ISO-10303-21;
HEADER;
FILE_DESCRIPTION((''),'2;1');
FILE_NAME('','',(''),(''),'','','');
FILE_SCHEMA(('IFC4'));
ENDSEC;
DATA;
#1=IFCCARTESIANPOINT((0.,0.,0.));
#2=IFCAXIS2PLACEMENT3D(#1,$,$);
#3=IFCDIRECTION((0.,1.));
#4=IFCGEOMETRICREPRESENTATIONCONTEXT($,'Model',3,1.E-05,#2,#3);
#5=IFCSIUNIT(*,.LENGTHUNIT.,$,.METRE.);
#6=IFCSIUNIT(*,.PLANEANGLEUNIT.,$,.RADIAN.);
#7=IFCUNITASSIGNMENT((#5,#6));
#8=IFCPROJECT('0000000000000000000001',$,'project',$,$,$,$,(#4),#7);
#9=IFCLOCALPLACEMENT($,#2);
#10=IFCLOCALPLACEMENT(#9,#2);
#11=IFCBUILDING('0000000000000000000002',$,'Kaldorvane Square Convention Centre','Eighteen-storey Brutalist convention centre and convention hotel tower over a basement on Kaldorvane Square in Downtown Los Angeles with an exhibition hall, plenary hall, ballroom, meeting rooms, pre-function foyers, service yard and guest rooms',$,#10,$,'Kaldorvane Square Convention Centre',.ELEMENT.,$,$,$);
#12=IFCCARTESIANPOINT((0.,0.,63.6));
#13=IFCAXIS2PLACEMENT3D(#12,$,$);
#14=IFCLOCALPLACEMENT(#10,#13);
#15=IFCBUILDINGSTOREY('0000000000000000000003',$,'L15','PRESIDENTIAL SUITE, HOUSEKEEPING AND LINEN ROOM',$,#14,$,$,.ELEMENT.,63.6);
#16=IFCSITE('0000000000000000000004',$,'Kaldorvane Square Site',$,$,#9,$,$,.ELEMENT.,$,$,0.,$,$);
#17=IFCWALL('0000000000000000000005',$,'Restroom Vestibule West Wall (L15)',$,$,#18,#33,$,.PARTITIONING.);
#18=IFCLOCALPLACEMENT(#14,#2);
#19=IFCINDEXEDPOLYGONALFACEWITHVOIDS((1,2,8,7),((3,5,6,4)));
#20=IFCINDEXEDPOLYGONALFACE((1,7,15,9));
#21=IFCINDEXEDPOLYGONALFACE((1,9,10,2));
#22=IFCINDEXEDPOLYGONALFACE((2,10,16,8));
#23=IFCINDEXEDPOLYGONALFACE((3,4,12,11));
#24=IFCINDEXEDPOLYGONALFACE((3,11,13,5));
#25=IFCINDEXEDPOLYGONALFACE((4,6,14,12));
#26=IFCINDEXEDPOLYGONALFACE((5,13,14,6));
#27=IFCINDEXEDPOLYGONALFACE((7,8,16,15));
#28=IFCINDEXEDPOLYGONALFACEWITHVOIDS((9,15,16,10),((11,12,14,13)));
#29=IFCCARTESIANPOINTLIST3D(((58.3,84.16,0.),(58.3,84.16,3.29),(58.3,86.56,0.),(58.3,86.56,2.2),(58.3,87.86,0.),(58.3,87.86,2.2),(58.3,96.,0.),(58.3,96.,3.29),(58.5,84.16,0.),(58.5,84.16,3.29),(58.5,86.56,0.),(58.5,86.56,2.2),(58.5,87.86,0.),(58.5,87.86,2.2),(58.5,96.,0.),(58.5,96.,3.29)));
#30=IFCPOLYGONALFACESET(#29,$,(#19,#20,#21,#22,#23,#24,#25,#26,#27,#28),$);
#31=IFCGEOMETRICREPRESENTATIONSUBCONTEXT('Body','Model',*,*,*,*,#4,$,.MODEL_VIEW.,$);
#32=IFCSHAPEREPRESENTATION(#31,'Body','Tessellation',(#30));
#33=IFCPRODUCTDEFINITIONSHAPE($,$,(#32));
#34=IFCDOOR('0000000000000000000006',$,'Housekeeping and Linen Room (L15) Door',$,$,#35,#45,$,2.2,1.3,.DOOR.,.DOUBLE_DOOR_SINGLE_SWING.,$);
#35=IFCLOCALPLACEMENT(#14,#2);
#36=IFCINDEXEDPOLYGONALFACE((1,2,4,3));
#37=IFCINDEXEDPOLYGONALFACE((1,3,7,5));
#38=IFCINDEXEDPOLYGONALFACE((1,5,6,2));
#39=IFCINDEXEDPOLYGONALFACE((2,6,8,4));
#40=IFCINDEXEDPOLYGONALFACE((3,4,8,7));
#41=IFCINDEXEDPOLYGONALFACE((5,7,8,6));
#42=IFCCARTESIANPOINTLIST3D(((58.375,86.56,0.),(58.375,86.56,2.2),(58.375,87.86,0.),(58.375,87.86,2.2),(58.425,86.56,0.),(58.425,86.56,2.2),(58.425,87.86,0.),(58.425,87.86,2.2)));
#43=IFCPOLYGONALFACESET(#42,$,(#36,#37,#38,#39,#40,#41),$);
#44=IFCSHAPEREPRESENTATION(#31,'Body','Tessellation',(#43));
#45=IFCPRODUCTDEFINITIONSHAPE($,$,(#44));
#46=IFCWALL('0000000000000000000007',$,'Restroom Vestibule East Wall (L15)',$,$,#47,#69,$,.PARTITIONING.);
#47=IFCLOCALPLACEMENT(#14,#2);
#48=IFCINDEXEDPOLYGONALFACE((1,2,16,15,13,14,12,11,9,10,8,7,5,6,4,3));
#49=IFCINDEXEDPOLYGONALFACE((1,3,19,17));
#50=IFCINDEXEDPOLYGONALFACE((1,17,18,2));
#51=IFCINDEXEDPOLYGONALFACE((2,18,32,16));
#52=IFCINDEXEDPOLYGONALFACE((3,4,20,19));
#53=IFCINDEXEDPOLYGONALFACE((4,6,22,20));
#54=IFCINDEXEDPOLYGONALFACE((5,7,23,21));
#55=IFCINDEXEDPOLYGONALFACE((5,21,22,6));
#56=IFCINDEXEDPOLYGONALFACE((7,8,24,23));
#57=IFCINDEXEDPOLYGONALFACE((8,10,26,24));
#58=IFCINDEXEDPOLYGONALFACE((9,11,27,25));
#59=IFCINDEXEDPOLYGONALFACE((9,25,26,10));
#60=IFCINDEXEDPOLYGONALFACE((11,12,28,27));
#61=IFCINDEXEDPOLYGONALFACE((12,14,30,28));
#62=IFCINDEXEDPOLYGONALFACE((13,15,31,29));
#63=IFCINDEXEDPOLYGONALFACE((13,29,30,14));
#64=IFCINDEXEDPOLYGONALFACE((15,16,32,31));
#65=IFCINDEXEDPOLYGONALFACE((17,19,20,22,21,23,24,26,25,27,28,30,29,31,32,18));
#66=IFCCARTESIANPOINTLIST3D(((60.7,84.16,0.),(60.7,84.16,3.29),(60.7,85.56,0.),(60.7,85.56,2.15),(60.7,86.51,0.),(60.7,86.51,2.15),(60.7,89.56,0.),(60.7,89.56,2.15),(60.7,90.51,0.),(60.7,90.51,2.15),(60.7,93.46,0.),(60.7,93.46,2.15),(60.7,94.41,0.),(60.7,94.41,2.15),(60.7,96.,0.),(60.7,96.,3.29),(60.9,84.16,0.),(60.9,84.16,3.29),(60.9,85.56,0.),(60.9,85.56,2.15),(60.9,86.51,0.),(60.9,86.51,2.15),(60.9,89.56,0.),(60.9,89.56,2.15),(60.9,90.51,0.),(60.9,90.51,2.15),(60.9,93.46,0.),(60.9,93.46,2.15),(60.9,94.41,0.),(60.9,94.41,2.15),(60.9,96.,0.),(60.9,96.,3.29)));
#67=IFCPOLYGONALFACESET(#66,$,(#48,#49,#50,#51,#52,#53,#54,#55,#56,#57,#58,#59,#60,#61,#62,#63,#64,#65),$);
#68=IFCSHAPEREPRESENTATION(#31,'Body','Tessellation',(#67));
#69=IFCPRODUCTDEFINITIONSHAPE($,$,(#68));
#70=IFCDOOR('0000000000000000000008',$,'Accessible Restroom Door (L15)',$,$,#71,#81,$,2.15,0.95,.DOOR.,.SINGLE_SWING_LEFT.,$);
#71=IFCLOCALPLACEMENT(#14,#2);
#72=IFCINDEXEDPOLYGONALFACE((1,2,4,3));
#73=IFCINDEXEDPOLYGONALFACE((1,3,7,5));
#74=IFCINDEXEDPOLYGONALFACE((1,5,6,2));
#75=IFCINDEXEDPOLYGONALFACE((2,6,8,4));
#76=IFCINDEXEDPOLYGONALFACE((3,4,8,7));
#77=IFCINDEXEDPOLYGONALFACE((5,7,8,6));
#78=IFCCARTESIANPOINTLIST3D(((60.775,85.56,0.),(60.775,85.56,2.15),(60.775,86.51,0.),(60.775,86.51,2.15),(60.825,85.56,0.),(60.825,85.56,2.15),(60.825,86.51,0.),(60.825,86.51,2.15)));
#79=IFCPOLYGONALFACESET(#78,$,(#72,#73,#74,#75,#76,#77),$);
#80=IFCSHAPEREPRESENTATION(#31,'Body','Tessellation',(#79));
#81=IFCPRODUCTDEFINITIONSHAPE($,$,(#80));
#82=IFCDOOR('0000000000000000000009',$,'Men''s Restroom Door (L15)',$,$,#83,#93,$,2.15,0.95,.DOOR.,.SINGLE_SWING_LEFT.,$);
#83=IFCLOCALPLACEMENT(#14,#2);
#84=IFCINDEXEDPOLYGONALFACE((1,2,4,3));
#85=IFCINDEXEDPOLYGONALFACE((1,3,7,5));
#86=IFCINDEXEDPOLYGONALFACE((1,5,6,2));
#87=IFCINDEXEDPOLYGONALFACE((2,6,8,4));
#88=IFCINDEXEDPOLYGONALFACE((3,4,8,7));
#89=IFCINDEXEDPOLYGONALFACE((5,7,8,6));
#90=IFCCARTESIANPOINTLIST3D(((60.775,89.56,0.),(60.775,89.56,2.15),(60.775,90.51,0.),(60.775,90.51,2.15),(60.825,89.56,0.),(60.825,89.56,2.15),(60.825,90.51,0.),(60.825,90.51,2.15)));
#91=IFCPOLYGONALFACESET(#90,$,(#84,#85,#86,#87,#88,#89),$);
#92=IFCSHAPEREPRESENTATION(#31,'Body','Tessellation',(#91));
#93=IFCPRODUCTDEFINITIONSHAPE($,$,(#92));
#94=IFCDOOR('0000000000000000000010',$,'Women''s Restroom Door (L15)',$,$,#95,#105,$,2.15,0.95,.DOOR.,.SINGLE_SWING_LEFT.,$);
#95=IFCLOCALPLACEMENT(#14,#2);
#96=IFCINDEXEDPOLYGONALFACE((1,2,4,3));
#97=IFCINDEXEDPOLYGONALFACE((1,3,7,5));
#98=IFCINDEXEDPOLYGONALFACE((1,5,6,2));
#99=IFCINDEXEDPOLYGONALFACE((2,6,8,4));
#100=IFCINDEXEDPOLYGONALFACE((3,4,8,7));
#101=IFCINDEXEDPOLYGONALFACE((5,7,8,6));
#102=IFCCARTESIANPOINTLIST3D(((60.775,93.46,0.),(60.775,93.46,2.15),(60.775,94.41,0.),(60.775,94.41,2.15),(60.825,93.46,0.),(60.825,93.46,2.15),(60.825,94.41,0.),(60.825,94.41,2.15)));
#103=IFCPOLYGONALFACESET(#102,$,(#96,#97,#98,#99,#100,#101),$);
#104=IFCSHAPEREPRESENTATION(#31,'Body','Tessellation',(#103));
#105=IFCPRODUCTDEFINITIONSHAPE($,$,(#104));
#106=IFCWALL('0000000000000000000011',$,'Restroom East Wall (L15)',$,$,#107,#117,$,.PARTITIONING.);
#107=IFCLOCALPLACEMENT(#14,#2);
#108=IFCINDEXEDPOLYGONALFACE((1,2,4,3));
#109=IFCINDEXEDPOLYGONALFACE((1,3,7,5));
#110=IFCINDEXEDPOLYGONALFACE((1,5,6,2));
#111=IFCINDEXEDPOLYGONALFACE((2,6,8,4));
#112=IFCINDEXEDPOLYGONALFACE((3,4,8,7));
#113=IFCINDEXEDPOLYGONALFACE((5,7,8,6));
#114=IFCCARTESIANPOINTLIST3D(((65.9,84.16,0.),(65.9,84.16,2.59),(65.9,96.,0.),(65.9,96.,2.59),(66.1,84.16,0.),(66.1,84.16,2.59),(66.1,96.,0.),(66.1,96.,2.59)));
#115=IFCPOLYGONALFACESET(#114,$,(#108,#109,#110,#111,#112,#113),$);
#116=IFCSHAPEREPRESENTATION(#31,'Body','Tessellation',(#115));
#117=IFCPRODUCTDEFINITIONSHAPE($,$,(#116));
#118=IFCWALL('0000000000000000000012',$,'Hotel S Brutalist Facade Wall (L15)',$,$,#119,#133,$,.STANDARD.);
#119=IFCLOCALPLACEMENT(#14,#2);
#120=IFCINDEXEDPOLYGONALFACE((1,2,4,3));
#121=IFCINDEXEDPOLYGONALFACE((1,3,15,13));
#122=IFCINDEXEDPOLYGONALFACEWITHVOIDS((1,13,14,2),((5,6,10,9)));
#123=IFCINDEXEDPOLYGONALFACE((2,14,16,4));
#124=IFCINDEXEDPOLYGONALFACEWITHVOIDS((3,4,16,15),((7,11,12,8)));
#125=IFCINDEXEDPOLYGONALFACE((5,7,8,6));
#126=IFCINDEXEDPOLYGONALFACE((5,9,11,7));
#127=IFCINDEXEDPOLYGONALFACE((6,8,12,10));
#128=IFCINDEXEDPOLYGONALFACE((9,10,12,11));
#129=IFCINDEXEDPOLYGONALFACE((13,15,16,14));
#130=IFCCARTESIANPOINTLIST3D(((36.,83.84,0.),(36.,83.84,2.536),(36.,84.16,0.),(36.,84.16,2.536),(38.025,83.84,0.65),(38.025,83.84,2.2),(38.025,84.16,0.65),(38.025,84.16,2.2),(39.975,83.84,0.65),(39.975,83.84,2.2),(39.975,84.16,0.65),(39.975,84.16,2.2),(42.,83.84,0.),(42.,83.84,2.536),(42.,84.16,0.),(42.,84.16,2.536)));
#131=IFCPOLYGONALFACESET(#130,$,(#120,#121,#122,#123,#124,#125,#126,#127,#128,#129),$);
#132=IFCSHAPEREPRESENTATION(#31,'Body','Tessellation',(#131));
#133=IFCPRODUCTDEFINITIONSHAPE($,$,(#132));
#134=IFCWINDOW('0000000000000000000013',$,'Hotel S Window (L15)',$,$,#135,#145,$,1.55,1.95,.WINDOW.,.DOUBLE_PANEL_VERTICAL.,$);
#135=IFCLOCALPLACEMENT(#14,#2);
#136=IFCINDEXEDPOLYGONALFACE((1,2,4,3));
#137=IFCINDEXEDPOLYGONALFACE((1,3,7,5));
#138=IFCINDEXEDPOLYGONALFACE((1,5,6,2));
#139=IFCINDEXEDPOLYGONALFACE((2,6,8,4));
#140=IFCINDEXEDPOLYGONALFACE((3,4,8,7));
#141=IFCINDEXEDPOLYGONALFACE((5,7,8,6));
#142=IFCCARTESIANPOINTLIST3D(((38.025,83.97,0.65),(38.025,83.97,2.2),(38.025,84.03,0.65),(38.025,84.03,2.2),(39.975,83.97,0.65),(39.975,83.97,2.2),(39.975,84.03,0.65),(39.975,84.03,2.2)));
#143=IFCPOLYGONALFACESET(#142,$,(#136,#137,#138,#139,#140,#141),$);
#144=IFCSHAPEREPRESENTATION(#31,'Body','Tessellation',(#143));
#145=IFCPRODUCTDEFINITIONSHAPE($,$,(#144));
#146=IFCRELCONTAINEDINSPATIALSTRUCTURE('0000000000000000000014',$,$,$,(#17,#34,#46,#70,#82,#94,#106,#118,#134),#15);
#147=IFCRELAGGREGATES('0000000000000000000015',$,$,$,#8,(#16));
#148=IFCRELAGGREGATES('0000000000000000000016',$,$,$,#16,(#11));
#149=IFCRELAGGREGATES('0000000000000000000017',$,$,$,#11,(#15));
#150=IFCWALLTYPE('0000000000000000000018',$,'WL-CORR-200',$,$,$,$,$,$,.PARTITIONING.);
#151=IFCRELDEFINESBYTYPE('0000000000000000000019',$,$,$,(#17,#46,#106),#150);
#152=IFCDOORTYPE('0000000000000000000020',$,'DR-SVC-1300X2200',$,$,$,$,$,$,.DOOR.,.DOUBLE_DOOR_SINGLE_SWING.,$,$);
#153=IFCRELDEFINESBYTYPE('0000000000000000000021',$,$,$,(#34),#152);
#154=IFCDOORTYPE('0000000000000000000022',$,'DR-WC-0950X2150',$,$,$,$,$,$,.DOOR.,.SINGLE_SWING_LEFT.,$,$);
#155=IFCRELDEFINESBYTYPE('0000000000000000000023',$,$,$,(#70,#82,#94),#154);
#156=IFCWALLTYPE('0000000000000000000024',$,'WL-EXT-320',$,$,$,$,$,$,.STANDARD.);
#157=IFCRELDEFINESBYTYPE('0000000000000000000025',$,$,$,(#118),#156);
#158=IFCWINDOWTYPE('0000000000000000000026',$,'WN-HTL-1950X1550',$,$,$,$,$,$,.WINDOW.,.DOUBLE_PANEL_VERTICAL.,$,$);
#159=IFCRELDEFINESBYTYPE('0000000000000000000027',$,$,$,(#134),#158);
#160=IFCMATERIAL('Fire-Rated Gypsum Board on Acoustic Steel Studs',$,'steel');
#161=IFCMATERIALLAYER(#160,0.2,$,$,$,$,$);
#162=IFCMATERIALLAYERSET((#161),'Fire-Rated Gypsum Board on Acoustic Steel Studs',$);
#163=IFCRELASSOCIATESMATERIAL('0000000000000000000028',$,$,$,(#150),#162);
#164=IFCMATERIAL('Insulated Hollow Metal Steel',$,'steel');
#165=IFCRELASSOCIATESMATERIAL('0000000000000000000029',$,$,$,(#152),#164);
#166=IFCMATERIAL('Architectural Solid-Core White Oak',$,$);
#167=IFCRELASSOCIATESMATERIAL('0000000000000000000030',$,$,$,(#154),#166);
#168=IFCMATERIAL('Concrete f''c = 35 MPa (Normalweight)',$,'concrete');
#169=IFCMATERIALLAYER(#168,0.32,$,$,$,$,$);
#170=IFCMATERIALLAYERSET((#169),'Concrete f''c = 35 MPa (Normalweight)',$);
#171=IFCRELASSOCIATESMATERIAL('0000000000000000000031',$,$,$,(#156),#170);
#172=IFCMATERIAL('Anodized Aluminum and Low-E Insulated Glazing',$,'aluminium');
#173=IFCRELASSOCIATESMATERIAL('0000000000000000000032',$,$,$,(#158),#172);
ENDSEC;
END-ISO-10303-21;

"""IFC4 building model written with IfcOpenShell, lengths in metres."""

from ifc_helpers import new_model, si_unit, direction, frame, frame_2d, origin, place, context, subcontext, project, spatial, rectangle, extrude, material, layer, layer_set, type_object, element, fill, save


model = new_model("IFC4")

# Units and contexts
model_context = context("Model", 3, precision=1e-05, world=origin(), true_north=direction((0.0, 1.0)))
body_context = subcontext(model_context, "Body", "Model", "MODEL_VIEW")
ifc_project = project(units=[si_unit("LENGTHUNIT", "METRE"), si_unit("PLANEANGLEUNIT", "RADIAN")], contexts=[model_context])

# Site, building, storey
site_placement = place(None, origin())
site = spatial("IfcSite", under=ifc_project, at=site_placement, Name="Kaldorvane Square Site", CompositionType="ELEMENT", RefElevation=0.0)
building_placement = place(site_placement, origin())
building = spatial("IfcBuilding", under=site, at=building_placement, Name="Kaldorvane Square Convention Centre", Description="Eighteen-storey Brutalist convention centre and convention hotel tower over a basement on Kaldorvane Square in Downtown Los Angeles with an exhibition hall, plenary hall, ballroom, meeting rooms, pre-function foyers, service yard and guest rooms", LongName="Kaldorvane Square Convention Centre", CompositionType="ELEMENT")
storey_placement = place(building_placement, frame((0.0, 0.0, 63.6)))
storey = spatial("IfcBuildingStorey", under=building, at=storey_placement, Name="L15", Description="PRESIDENTIAL SUITE, HOUSEKEEPING AND LINEN ROOM", CompositionType="ELEMENT", Elevation=63.6)

# Wall, opening, door
ifc_material_1 = material(Name="Fire-Rated Gypsum Board on Acoustic Steel Studs", Category="steel")
ifc_layer_1 = layer(ifc_material_1, 0.2)
ifc_layer_set_1 = layer_set([ifc_layer_1], Name="Fire-Rated Gypsum Board on Acoustic Steel Studs")
wall_type_1 = type_object("IfcWallType", Name="WL-CORR-200", PredefinedType="PARTITIONING", material=ifc_layer_set_1)
wall_1_placement = place(storey_placement, frame((58.4, 84.16, 0.0), z_axis=(0.0, 0.0, 1.0), x_axis=(0.0, 1.0, 0.0)))
wall_1 = element("IfcWall", 1, at=wall_1_placement, inside=storey, type_object=wall_type_1, Name="Restroom Vestibule West Wall (L15)", PredefinedType="PARTITIONING", context=body_context, shape_type="SweptSolid", body=[
    extrude(rectangle(XDim=11.84, YDim=0.2, at=frame_2d((5.92, 0.0))), origin(), (0.0, 0.0, 1.0), 3.29),
])
opening_1_placement = place(wall_1_placement, frame((2.4, 0.0, 0.0)))
opening_1 = element("IfcOpeningElement", 2, at=opening_1_placement, cuts=wall_1, PredefinedType="OPENING", context=body_context, shape_type="SweptSolid", body=[
    extrude(rectangle(XDim=1.3, YDim=2.2, at=frame_2d((0.65, 1.1))), frame((0.0, 0.115, 0.0), z_axis=(0.0, -1.0, 0.0), x_axis=(1.0, 0.0, 0.0)), (0.0, 0.0, 1.0), 0.23),
])
ifc_material_2 = material(Name="Insulated Hollow Metal Steel", Category="steel")
door_type_1 = type_object("IfcDoorType", Name="DR-SVC-1300X2200", OperationType="DOUBLE_DOOR_SINGLE_SWING", PredefinedType="DOOR", material=ifc_material_2)
door_1_placement = place(opening_1_placement, origin())
door_1 = element("IfcDoor", 3, at=door_1_placement, inside=storey, type_object=door_type_1, Name="Housekeeping and Linen Room (L15) Door", OperationType="DOUBLE_DOOR_SINGLE_SWING", OverallHeight=2.2, OverallWidth=1.3, PredefinedType="DOOR", context=body_context, shape_type="SweptSolid", body=[
    extrude(rectangle(XDim=1.3, YDim=2.2, at=frame_2d((0.65, 1.1))), frame((0.0, 0.025, 0.0), z_axis=(0.0, -1.0, 0.0), x_axis=(1.0, 0.0, 0.0)), (0.0, 0.0, 1.0), 0.05),
])
fill(opening_1, door_1)

# Wall, openings, doors
wall_2_placement = place(storey_placement, frame((60.8, 84.16, 0.0), z_axis=(0.0, 0.0, 1.0), x_axis=(0.0, 1.0, 0.0)))
wall_2 = element("IfcWall", 4, at=wall_2_placement, inside=storey, type_object=wall_type_1, Name="Restroom Vestibule East Wall (L15)", PredefinedType="PARTITIONING", context=body_context, shape_type="SweptSolid", body=[
    extrude(rectangle(XDim=11.84, YDim=0.2, at=frame_2d((5.92, 0.0))), origin(), (0.0, 0.0, 1.0), 3.29),
])
opening_2_placement = place(wall_2_placement, frame((1.4, 0.0, 0.0)))
opening_2 = element("IfcOpeningElement", 5, at=opening_2_placement, cuts=wall_2, PredefinedType="OPENING", context=body_context, shape_type="SweptSolid", body=[
    extrude(rectangle(XDim=0.95, YDim=2.15, at=frame_2d((0.475, 1.075))), frame((0.0, 0.115, 0.0), z_axis=(0.0, -1.0, 0.0), x_axis=(1.0, 0.0, 0.0)), (0.0, 0.0, 1.0), 0.23),
])
opening_3_placement = place(wall_2_placement, frame((5.4, 0.0, 0.0)))
opening_3 = element("IfcOpeningElement", 6, at=opening_3_placement, cuts=wall_2, PredefinedType="OPENING", context=body_context, shape_type="SweptSolid", body=[
    extrude(rectangle(XDim=0.95, YDim=2.15, at=frame_2d((0.475, 1.075))), frame((0.0, 0.115, 0.0), z_axis=(0.0, -1.0, 0.0), x_axis=(1.0, 0.0, 0.0)), (0.0, 0.0, 1.0), 0.23),
])
opening_4_placement = place(wall_2_placement, frame((9.3, 0.0, 0.0)))
opening_4 = element("IfcOpeningElement", 7, at=opening_4_placement, cuts=wall_2, PredefinedType="OPENING", context=body_context, shape_type="SweptSolid", body=[
    extrude(rectangle(XDim=0.95, YDim=2.15, at=frame_2d((0.475, 1.075))), frame((0.0, 0.115, 0.0), z_axis=(0.0, -1.0, 0.0), x_axis=(1.0, 0.0, 0.0)), (0.0, 0.0, 1.0), 0.23),
])
ifc_material_3 = material(Name="Architectural Solid-Core White Oak")
door_type_2 = type_object("IfcDoorType", Name="DR-WC-0950X2150", OperationType="SINGLE_SWING_LEFT", PredefinedType="DOOR", material=ifc_material_3)
door_2_placement = place(opening_2_placement, origin())
door_2 = element("IfcDoor", 8, at=door_2_placement, inside=storey, type_object=door_type_2, Name="Accessible Restroom Door (L15)", OperationType="SINGLE_SWING_LEFT", OverallHeight=2.15, OverallWidth=0.95, PredefinedType="DOOR", context=body_context, shape_type="SweptSolid", body=[
    extrude(rectangle(XDim=0.95, YDim=2.15, at=frame_2d((0.475, 1.075))), frame((0.0, 0.025, 0.0), z_axis=(0.0, -1.0, 0.0), x_axis=(1.0, 0.0, 0.0)), (0.0, 0.0, 1.0), 0.05),
])
fill(opening_2, door_2)
door_3_placement = place(opening_3_placement, origin())
door_3 = element("IfcDoor", 9, at=door_3_placement, inside=storey, type_object=door_type_2, Name="Men's Restroom Door (L15)", OperationType="SINGLE_SWING_LEFT", OverallHeight=2.15, OverallWidth=0.95, PredefinedType="DOOR", context=body_context, shape_type="SweptSolid", body=[
    extrude(rectangle(XDim=0.95, YDim=2.15, at=frame_2d((0.475, 1.075))), frame((0.0, 0.025, 0.0), z_axis=(0.0, -1.0, 0.0), x_axis=(1.0, 0.0, 0.0)), (0.0, 0.0, 1.0), 0.05),
])
fill(opening_3, door_3)
door_4_placement = place(opening_4_placement, origin())
door_4 = element("IfcDoor", 10, at=door_4_placement, inside=storey, type_object=door_type_2, Name="Women's Restroom Door (L15)", OperationType="SINGLE_SWING_LEFT", OverallHeight=2.15, OverallWidth=0.95, PredefinedType="DOOR", context=body_context, shape_type="SweptSolid", body=[
    extrude(rectangle(XDim=0.95, YDim=2.15, at=frame_2d((0.475, 1.075))), frame((0.0, 0.025, 0.0), z_axis=(0.0, -1.0, 0.0), x_axis=(1.0, 0.0, 0.0)), (0.0, 0.0, 1.0), 0.05),
])
fill(opening_4, door_4)

# Wall
wall_3_placement = place(storey_placement, frame((66.0, 84.16, 0.0), z_axis=(0.0, 0.0, 1.0), x_axis=(0.0, 1.0, 0.0)))
element("IfcWall", 11, at=wall_3_placement, inside=storey, type_object=wall_type_1, Name="Restroom East Wall (L15)", PredefinedType="PARTITIONING", context=body_context, shape_type="SweptSolid", body=[
    extrude(rectangle(XDim=11.84, YDim=0.2, at=frame_2d((5.92, 0.0))), origin(), (0.0, 0.0, 1.0), 2.59),
])

# Wall, opening, window
ifc_material_4 = material(Name="Concrete f'c = 35 MPa (Normalweight)", Category="concrete")
ifc_layer_2 = layer(ifc_material_4, 0.32)
ifc_layer_set_2 = layer_set([ifc_layer_2], Name="Concrete f'c = 35 MPa (Normalweight)")
wall_type_2 = type_object("IfcWallType", Name="WL-EXT-320", PredefinedType="STANDARD", material=ifc_layer_set_2)
wall_4_placement = place(storey_placement, frame((36.0, 84.0, 0.0), z_axis=(0.0, 0.0, 1.0), x_axis=(1.0, 0.0, 0.0)))
wall_4 = element("IfcWall", 12, at=wall_4_placement, inside=storey, type_object=wall_type_2, Name="Hotel S Brutalist Facade Wall (L15)", PredefinedType="STANDARD", context=body_context, shape_type="SweptSolid", body=[
    extrude(rectangle(XDim=6.0, YDim=0.32, at=frame_2d((3.0, 0.0))), origin(), (0.0, 0.0, 1.0), 2.536),
])
opening_5_placement = place(wall_4_placement, frame((2.025, 0.0, 0.65)))
opening_5 = element("IfcOpeningElement", 13, at=opening_5_placement, cuts=wall_4, PredefinedType="OPENING", context=body_context, shape_type="SweptSolid", body=[
    extrude(rectangle(XDim=1.95, YDim=1.55, at=frame_2d((0.975, 0.775))), frame((0.0, 0.175, 0.0), z_axis=(0.0, -1.0, 0.0), x_axis=(1.0, 0.0, 0.0)), (0.0, 0.0, 1.0), 0.35),
])
ifc_material_5 = material(Name="Anodized Aluminum and Low-E Insulated Glazing", Category="aluminium")
window_type_1 = type_object("IfcWindowType", Name="WN-HTL-1950X1550", PartitioningType="DOUBLE_PANEL_VERTICAL", PredefinedType="WINDOW", material=ifc_material_5)
window_1_placement = place(opening_5_placement, origin())
window_1 = element("IfcWindow", 14, at=window_1_placement, inside=storey, type_object=window_type_1, Name="Hotel S Window (L15)", OverallHeight=1.55, OverallWidth=1.95, PartitioningType="DOUBLE_PANEL_VERTICAL", PredefinedType="WINDOW", context=body_context, shape_type="SweptSolid", body=[
    extrude(rectangle(XDim=1.95, YDim=1.55, at=frame_2d((0.975, 0.775))), frame((0.0, 0.03, 0.0), z_axis=(0.0, -1.0, 0.0), x_axis=(1.0, 0.0, 0.0)), (0.0, 0.0, 1.0), 0.06),
])
fill(opening_5, window_1)

save(model, "model.ifc")
